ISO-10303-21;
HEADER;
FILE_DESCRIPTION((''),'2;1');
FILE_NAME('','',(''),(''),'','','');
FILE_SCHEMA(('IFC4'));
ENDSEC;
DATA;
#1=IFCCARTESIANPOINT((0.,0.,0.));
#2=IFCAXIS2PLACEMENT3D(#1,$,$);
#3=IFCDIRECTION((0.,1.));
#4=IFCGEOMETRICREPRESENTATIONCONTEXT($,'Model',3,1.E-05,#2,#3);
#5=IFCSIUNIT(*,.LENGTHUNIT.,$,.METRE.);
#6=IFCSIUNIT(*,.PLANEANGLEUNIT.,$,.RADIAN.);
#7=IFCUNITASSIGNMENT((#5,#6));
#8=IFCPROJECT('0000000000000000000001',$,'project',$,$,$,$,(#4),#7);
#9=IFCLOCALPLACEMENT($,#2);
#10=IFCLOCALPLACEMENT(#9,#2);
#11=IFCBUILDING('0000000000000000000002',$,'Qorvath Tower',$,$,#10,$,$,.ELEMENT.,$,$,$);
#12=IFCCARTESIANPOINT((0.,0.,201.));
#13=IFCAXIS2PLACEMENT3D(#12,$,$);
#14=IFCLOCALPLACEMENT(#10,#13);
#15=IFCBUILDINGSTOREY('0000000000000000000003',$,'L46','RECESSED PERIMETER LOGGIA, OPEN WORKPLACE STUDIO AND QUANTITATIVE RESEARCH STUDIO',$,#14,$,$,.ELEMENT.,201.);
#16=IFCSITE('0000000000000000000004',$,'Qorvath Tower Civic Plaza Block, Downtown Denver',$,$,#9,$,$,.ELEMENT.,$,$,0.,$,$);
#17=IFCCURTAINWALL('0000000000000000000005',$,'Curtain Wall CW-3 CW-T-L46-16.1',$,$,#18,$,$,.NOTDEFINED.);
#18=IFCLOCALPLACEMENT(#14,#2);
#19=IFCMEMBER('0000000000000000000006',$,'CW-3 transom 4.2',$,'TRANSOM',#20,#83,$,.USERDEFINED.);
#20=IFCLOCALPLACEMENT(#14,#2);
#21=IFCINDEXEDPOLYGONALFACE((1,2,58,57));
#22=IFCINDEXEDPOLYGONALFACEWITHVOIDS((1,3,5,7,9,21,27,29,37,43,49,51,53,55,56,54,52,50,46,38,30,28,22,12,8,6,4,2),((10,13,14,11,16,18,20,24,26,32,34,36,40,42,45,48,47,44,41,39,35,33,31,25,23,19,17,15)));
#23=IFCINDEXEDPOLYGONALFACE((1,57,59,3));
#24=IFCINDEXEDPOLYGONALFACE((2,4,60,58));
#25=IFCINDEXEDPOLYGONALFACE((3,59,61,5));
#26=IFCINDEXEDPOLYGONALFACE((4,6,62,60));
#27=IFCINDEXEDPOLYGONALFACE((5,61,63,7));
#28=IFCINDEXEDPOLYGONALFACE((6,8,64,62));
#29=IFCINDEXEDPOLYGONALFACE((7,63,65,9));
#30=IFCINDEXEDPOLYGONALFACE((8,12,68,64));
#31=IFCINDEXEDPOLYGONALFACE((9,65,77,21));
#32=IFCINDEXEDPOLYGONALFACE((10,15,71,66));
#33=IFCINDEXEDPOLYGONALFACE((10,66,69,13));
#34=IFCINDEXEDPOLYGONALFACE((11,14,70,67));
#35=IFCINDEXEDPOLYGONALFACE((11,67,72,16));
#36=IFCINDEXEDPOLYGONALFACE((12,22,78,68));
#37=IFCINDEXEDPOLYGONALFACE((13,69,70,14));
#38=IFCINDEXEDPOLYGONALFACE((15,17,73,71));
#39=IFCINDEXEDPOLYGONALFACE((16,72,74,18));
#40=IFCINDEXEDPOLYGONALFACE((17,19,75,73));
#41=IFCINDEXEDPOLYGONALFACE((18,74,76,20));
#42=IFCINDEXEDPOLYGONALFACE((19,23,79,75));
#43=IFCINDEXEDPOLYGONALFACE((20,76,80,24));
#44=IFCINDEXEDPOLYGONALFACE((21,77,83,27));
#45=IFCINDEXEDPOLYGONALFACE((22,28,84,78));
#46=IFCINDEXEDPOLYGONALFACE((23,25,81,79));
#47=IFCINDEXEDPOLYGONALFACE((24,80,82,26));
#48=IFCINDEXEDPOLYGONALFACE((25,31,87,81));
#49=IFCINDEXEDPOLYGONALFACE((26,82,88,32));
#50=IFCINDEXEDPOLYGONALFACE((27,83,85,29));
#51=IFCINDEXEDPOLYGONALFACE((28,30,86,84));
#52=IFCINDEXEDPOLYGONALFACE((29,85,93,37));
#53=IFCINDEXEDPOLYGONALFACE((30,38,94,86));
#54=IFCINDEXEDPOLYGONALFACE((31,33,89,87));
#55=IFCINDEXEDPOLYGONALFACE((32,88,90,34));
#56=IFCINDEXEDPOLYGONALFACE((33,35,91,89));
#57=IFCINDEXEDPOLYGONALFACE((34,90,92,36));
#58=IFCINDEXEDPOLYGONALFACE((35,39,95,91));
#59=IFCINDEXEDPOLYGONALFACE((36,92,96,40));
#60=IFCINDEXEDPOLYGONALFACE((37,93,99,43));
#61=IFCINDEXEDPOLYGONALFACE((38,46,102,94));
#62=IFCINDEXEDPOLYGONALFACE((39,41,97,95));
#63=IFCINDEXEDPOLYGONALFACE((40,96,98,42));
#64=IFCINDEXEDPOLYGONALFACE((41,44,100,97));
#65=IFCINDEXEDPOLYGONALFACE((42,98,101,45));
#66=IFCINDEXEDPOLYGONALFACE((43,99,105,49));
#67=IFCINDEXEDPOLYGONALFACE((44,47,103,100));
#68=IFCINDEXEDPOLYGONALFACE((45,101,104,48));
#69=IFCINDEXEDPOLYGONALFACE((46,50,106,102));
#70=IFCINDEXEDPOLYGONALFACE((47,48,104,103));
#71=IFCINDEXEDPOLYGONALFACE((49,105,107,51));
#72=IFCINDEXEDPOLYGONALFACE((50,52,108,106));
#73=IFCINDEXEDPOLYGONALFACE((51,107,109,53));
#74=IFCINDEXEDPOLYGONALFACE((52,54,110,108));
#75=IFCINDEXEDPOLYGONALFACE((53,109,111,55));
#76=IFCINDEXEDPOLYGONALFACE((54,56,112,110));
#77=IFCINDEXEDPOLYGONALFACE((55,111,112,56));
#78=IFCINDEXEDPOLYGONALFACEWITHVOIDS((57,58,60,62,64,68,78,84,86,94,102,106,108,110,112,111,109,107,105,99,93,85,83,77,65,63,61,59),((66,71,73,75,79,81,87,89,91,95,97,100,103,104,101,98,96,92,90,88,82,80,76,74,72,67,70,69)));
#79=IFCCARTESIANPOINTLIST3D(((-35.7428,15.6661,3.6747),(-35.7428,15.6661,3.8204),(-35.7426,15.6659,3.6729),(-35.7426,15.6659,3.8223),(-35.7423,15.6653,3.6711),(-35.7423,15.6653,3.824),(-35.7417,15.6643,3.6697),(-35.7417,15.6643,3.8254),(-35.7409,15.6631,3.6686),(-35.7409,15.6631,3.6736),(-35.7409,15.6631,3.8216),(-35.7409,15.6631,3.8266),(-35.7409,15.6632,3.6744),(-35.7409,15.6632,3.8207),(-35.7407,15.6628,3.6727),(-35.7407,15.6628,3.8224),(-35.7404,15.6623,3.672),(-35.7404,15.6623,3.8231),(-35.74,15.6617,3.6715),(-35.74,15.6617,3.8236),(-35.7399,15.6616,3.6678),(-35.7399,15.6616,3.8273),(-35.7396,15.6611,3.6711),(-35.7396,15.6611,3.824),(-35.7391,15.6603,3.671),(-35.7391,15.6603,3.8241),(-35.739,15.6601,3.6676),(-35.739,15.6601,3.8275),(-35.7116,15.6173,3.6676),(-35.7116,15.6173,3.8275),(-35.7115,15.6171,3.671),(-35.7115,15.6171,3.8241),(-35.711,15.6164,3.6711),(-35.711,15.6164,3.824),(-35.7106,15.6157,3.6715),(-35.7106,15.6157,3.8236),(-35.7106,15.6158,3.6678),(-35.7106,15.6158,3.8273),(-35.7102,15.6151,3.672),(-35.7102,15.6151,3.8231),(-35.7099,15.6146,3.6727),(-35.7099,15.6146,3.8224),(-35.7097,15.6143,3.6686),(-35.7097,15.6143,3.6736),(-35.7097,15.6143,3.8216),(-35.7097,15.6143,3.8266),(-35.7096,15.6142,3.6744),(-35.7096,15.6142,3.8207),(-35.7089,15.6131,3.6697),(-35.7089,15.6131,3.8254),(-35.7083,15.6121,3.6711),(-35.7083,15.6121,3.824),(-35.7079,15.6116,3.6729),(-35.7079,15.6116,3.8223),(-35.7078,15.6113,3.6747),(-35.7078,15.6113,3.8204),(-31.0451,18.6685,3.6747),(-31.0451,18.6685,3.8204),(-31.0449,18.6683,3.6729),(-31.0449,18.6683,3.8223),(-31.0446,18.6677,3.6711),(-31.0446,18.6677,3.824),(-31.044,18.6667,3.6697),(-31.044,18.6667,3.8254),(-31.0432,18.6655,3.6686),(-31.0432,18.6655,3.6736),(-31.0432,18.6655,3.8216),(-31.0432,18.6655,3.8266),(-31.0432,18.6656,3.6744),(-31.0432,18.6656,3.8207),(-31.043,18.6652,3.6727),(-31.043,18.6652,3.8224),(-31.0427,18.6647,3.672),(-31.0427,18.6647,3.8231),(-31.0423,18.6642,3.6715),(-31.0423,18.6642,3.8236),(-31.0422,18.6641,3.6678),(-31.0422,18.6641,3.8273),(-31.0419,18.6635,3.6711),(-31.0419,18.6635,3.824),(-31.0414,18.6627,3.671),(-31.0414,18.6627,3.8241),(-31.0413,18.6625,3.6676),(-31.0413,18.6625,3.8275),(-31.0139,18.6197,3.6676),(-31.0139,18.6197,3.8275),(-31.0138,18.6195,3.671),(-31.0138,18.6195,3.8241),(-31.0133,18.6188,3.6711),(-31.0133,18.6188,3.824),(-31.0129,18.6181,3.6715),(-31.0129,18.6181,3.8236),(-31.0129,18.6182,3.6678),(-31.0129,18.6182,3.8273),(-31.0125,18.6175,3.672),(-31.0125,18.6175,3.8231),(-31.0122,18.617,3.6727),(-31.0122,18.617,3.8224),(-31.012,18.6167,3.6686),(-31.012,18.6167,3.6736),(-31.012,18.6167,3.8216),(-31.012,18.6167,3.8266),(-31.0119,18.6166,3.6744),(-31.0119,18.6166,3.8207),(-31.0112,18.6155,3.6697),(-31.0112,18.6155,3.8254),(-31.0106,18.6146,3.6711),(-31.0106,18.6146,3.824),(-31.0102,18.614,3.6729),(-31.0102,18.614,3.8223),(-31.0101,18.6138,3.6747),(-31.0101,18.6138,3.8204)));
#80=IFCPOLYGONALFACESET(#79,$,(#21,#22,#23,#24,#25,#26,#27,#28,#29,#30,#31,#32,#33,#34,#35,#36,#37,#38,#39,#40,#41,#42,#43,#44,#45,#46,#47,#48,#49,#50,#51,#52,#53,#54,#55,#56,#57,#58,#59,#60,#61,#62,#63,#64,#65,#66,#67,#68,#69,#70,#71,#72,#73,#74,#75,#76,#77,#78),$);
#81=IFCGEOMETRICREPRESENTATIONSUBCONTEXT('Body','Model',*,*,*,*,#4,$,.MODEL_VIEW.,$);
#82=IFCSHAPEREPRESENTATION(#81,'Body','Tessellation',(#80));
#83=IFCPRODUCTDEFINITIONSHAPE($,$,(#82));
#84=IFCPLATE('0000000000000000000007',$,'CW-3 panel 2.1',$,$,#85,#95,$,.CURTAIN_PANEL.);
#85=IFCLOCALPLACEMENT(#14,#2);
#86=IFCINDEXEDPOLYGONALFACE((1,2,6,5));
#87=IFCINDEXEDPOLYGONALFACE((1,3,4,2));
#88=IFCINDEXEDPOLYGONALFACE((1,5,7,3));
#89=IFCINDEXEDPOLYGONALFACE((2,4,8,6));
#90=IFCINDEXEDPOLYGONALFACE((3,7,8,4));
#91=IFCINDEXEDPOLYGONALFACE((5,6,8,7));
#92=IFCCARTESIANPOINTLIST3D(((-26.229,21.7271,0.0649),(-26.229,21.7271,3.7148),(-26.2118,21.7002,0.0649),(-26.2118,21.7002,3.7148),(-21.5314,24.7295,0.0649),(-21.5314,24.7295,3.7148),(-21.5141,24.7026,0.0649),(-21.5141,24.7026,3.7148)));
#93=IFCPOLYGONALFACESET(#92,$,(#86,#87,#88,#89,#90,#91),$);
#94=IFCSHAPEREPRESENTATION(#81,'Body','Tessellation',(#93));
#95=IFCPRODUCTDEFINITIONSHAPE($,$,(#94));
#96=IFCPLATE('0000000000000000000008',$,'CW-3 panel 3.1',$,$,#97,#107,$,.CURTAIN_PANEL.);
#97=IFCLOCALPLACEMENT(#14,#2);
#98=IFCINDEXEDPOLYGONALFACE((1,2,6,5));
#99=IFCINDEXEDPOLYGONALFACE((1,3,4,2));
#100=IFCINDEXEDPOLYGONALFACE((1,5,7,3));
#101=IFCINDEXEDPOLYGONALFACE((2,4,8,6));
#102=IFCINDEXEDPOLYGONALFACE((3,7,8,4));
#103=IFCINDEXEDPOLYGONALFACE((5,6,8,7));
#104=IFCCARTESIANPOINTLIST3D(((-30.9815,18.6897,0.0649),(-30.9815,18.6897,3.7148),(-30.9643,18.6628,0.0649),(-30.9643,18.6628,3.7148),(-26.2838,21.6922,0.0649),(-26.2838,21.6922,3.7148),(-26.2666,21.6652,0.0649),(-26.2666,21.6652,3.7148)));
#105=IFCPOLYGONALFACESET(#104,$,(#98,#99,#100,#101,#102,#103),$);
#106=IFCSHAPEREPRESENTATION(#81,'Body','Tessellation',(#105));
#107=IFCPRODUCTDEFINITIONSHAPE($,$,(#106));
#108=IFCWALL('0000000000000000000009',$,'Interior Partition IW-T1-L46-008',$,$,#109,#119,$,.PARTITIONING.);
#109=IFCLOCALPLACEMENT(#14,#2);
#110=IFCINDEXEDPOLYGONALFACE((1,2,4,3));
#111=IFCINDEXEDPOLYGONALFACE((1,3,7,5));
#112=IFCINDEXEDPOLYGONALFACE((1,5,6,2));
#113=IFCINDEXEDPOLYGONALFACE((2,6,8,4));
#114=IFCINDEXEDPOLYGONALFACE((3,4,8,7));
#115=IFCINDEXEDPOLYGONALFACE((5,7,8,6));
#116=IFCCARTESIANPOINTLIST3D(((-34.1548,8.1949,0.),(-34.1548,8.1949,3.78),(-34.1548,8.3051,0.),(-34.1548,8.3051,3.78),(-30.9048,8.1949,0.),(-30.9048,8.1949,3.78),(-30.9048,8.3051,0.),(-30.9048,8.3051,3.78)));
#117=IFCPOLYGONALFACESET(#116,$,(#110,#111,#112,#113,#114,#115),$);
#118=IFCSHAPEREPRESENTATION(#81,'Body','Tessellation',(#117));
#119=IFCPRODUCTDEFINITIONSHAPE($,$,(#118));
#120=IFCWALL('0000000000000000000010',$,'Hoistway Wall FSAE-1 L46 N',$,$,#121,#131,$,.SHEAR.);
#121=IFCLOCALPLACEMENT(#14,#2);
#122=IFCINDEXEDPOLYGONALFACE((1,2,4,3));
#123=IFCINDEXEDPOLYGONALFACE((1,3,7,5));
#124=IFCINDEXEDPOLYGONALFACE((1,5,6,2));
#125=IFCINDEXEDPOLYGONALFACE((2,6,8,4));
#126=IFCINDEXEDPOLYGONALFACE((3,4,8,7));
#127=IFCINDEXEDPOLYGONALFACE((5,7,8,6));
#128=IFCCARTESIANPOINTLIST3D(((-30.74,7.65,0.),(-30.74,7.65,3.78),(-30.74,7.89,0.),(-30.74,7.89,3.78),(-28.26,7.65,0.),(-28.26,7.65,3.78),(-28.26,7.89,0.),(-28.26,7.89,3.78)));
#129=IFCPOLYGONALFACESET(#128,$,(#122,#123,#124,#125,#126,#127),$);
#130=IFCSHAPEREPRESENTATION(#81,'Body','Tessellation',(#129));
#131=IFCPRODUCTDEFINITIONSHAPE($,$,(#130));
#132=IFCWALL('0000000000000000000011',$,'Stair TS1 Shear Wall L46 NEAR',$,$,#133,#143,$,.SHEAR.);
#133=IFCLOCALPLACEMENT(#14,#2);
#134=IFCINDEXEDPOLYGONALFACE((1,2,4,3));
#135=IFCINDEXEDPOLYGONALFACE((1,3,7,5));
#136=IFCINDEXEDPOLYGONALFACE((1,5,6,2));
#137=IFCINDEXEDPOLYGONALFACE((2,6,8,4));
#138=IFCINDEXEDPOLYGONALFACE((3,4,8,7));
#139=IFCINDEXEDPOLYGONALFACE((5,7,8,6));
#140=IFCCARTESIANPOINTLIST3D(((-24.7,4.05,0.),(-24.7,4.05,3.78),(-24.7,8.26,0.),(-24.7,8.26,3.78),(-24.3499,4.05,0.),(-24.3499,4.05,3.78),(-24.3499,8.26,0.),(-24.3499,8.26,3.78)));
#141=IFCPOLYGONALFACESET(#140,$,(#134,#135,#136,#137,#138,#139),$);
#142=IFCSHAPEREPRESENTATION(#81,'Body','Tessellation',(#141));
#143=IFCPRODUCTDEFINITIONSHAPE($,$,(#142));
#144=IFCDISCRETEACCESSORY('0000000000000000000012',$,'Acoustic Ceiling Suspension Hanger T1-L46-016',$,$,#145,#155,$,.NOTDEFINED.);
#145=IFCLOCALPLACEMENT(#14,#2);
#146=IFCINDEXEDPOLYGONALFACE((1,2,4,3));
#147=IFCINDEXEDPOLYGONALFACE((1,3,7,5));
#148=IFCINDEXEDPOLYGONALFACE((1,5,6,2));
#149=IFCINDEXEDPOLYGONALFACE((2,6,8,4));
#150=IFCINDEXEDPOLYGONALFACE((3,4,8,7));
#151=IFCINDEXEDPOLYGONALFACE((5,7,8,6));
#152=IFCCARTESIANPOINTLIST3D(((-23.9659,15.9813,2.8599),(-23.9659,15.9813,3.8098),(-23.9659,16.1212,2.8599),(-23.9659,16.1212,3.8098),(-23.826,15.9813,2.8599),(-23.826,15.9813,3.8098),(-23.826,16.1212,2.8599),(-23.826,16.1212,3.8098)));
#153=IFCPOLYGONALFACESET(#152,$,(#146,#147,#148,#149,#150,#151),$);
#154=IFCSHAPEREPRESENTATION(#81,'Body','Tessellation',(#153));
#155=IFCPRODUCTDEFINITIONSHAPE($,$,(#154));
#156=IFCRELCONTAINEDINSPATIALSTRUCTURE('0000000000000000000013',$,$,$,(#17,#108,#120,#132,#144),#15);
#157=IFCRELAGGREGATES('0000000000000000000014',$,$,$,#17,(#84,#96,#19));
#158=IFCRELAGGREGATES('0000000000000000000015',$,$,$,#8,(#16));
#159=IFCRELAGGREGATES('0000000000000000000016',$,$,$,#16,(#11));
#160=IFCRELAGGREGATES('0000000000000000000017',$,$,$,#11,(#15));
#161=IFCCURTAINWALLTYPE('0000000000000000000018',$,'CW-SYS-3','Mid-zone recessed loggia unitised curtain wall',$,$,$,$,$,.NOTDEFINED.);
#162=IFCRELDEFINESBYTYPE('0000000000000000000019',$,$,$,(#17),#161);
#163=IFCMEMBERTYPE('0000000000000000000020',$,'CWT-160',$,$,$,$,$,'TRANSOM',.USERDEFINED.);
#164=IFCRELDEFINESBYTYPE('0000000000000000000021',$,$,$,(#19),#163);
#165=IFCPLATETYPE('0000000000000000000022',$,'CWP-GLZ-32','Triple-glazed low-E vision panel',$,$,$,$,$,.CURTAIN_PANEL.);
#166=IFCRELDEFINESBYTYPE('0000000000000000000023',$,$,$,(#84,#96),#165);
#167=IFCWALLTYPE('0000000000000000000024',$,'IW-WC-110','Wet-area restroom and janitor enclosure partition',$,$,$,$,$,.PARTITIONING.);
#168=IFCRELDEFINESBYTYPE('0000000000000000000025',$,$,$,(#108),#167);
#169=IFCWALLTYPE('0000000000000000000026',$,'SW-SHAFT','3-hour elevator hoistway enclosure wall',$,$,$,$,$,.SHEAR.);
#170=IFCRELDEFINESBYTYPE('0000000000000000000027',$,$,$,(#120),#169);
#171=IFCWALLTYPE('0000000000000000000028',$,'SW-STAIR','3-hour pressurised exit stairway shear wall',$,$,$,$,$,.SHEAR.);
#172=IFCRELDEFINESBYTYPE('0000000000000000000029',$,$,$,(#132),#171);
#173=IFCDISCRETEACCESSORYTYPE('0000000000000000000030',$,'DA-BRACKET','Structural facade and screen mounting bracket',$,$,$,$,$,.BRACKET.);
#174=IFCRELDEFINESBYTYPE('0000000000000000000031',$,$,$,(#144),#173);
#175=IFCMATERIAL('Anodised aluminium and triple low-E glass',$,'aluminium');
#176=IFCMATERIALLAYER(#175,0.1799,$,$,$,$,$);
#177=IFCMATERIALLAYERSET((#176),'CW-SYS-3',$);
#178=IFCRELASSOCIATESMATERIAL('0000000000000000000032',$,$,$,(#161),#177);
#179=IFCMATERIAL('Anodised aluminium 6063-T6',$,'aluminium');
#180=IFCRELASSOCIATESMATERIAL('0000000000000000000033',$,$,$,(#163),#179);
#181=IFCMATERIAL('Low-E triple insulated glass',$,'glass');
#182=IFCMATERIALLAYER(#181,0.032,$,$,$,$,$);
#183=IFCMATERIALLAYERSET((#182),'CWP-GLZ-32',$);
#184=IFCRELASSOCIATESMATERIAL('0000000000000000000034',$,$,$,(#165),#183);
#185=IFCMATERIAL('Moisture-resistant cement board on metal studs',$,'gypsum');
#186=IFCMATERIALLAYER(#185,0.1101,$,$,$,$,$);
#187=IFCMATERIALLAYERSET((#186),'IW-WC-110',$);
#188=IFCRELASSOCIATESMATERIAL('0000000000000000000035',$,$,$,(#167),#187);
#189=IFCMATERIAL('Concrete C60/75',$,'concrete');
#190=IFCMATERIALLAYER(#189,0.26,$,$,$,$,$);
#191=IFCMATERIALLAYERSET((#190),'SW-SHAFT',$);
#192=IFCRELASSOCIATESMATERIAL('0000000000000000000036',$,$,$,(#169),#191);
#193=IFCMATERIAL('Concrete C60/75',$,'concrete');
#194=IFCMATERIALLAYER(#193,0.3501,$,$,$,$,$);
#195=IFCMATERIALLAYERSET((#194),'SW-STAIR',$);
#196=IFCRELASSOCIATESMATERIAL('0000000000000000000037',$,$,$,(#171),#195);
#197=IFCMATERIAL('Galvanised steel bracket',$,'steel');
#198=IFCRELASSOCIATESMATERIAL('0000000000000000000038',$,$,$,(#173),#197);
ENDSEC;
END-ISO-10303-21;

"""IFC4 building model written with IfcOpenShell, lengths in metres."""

from ifc_helpers import new_model, si_unit, direction, frame, frame_2d, origin, origin_2d, place, context, subcontext, project, spatial, rectangle, hollow_rectangle, extrude, material, layer, layer_set, material_profile, profile_set, type_object, element, aggregate, save


model = new_model("IFC4")

# Units and contexts
model_context = context("Model", 3, precision=1e-05, world=origin(), true_north=direction((0.0, 1.0)))
body_context = subcontext(model_context, "Body", "Model", "MODEL_VIEW")
ifc_project = project(units=[si_unit("LENGTHUNIT", "METRE"), si_unit("PLANEANGLEUNIT", "RADIAN")], contexts=[model_context])

# Site, building, storey
site_placement = place(None, origin())
site = spatial("IfcSite", under=ifc_project, at=site_placement, Name="Qorvath Tower Civic Plaza Block, Downtown Denver", CompositionType="ELEMENT", RefElevation=0.0)
building_placement = place(site_placement, origin())
building = spatial("IfcBuilding", under=site, at=building_placement, Name="Qorvath Tower", CompositionType="ELEMENT")
storey_placement = place(building_placement, frame((0.0, 0.0, 201.0)))
storey = spatial("IfcBuildingStorey", under=building, at=storey_placement, Name="L46", Description="RECESSED PERIMETER LOGGIA, OPEN WORKPLACE STUDIO AND QUANTITATIVE RESEARCH STUDIO", CompositionType="ELEMENT", Elevation=201.0)

# Curtain wall, member, plates
ifc_material_1 = material(Name="Anodised aluminium and triple low-E glass", Category="aluminium")
ifc_layer_1 = layer(ifc_material_1, 0.1799)
ifc_layer_set_1 = layer_set([ifc_layer_1], Name="CW-SYS-3")
curtain_wall_type = type_object("IfcCurtainWallType", Name="CW-SYS-3", Description="Mid-zone recessed loggia unitised curtain wall", PredefinedType="NOTDEFINED", material=ifc_layer_set_1)
curtain_wall_placement = place(storey_placement, origin())
curtain_wall = element("IfcCurtainWall", 1, at=curtain_wall_placement, inside=storey, type_object=curtain_wall_type, Name="Curtain Wall CW-3 CW-T-L46-16.1", PredefinedType="NOTDEFINED")
ifc_material_2 = material(Name="Anodised aluminium 6063-T6", Category="aluminium")
ifc_material_profile_1 = material_profile(ifc_material_2, hollow_rectangle(XDim=0.0649, YDim=0.1599, WallThickness=0.0034, InnerFilletRadius=0.0034, OuterFilletRadius=0.0071, at=origin_2d()), Name="CWT 160x65")
ifc_profile_set_1 = profile_set([ifc_material_profile_1], Name="Anodised aluminium 6063-T6")
member_type_1 = type_object("IfcMemberType", Name="CWT-160", ElementType="TRANSOM", PredefinedType="USERDEFINED", material=ifc_profile_set_1)
member_1_placement = place(storey_placement, frame((-31.0276, 18.6411, 3.7476), z_axis=(-0.842607, -0.538529, 0.0), x_axis=(0.538529, -0.842607, 0.0)))
member_1 = element("IfcMember", 2, at=member_1_placement, type_object=member_type_1, Name="CW-3 transom 4.2", ObjectType="TRANSOM", PredefinedType="USERDEFINED", context=body_context, shape_type="SweptSolid", body=[
    extrude(hollow_rectangle(XDim=0.0649, YDim=0.1599, WallThickness=0.0034, InnerFilletRadius=0.0034, OuterFilletRadius=0.0071, at=origin_2d()), origin(), (0.0, 0.0, 1.0), 5.5752),
])
ifc_material_3 = material(Name="Low-E triple insulated glass", Category="glass")
ifc_layer_2 = layer(ifc_material_3, 0.032)
ifc_layer_set_2 = layer_set([ifc_layer_2], Name="CWP-GLZ-32")
plate_type = type_object("IfcPlateType", Name="CWP-GLZ-32", Description="Triple-glazed low-E vision panel", PredefinedType="CURTAIN_PANEL", material=ifc_layer_set_2)
plate_1_placement = place(storey_placement, frame((-23.8716, 23.2148, 0.0649), z_axis=(0.0, 0.0, 1.0), x_axis=(-0.842604, -0.538534, 0.0)))
plate_1 = element("IfcPlate", 3, at=plate_1_placement, type_object=plate_type, Name="CW-3 panel 2.1", PredefinedType="CURTAIN_PANEL", context=body_context, shape_type="SweptSolid", body=[
    extrude(rectangle(XDim=5.5752, YDim=0.032, at=origin_2d()), origin(), (0.0, 0.0, 1.0), 3.6499),
])
plate_2_placement = place(storey_placement, frame((-28.624, 20.1775, 0.0649), z_axis=(0.0, 0.0, 1.0), x_axis=(-0.842604, -0.538534, 0.0)))
plate_2 = element("IfcPlate", 4, at=plate_2_placement, type_object=plate_type, Name="CW-3 panel 3.1", PredefinedType="CURTAIN_PANEL", context=body_context, shape_type="SweptSolid", body=[
    extrude(rectangle(XDim=5.5752, YDim=0.032, at=origin_2d()), origin(), (0.0, 0.0, 1.0), 3.6499),
])
aggregate(curtain_wall, [plate_1, plate_2, member_1])

# Walls
ifc_material_4 = material(Name="Moisture-resistant cement board on metal studs", Category="gypsum")
ifc_layer_3 = layer(ifc_material_4, 0.1101)
ifc_layer_set_3 = layer_set([ifc_layer_3], Name="IW-WC-110")
wall_type_1 = type_object("IfcWallType", Name="IW-WC-110", Description="Wet-area restroom and janitor enclosure partition", PredefinedType="PARTITIONING", material=ifc_layer_set_3)
wall_1_placement = place(storey_placement, frame((-30.9048, 8.25, 0.0), z_axis=(0.0, 0.0, 1.0), x_axis=(-1.0, 0.0, 0.0)))
element("IfcWall", 5, at=wall_1_placement, inside=storey, type_object=wall_type_1, Name="Interior Partition IW-T1-L46-008", PredefinedType="PARTITIONING", context=body_context, shape_type="SweptSolid", body=[
    extrude(rectangle(XDim=3.25, YDim=0.1101, at=frame_2d((1.625, 0.0))), origin(), (0.0, 0.0, 1.0), 3.78),
])
ifc_material_5 = material(Name="Concrete C60/75", Category="concrete")
ifc_layer_4 = layer(ifc_material_5, 0.26)
ifc_layer_set_4 = layer_set([ifc_layer_4], Name="SW-SHAFT")
wall_type_2 = type_object("IfcWallType", Name="SW-SHAFT", Description="3-hour elevator hoistway enclosure wall", PredefinedType="SHEAR", material=ifc_layer_set_4)
wall_2_placement = place(storey_placement, frame((-30.74, 7.77, 0.0), z_axis=(0.0, 0.0, 1.0), x_axis=(1.0, 0.0, 0.0)))
element("IfcWall", 6, at=wall_2_placement, inside=storey, type_object=wall_type_2, Name="Hoistway Wall FSAE-1 L46 N", PredefinedType="SHEAR", context=body_context, shape_type="SweptSolid", body=[
    extrude(rectangle(XDim=2.48, YDim=0.24, at=frame_2d((1.24, 0.0))), origin(), (0.0, 0.0, 1.0), 3.78),
])
ifc_material_6 = material(Name="Concrete C60/75", Category="concrete")
ifc_layer_5 = layer(ifc_material_6, 0.3501)
ifc_layer_set_5 = layer_set([ifc_layer_5], Name="SW-STAIR")
wall_type_3 = type_object("IfcWallType", Name="SW-STAIR", Description="3-hour pressurised exit stairway shear wall", PredefinedType="SHEAR", material=ifc_layer_set_5)
wall_3_placement = place(storey_placement, frame((-24.5249, 8.26, 0.0), z_axis=(0.0, 0.0, 1.0), x_axis=(0.0, -1.0, 0.0)))
element("IfcWall", 7, at=wall_3_placement, inside=storey, type_object=wall_type_3, Name="Stair TS1 Shear Wall L46 NEAR", PredefinedType="SHEAR", context=body_context, shape_type="SweptSolid", body=[
    extrude(rectangle(XDim=4.21, YDim=0.3501, at=frame_2d((2.105, 0.0))), origin(), (0.0, 0.0, 1.0), 3.78),
])

# Discrete accessory
ifc_material_7 = material(Name="Galvanised steel bracket", Category="steel")
discrete_accessory_type = type_object("IfcDiscreteAccessoryType", Name="DA-BRACKET", Description="Structural facade and screen mounting bracket", PredefinedType="BRACKET", material=ifc_material_7)
discrete_accessory_placement = place(storey_placement, frame((-23.896, 16.0513, 2.8599), z_axis=(0.0, 0.0, 1.0), x_axis=(1.0, 0.0, 0.0)))
element("IfcDiscreteAccessory", 8, at=discrete_accessory_placement, inside=storey, type_object=discrete_accessory_type, Name="Acoustic Ceiling Suspension Hanger T1-L46-016", PredefinedType="NOTDEFINED", context=body_context, shape_type="SweptSolid", body=[
    extrude(rectangle(XDim=0.1399, YDim=0.1399, at=origin_2d()), origin(), (0.0, 0.0, 1.0), 0.95),
])

save(model, "model.ifc")
